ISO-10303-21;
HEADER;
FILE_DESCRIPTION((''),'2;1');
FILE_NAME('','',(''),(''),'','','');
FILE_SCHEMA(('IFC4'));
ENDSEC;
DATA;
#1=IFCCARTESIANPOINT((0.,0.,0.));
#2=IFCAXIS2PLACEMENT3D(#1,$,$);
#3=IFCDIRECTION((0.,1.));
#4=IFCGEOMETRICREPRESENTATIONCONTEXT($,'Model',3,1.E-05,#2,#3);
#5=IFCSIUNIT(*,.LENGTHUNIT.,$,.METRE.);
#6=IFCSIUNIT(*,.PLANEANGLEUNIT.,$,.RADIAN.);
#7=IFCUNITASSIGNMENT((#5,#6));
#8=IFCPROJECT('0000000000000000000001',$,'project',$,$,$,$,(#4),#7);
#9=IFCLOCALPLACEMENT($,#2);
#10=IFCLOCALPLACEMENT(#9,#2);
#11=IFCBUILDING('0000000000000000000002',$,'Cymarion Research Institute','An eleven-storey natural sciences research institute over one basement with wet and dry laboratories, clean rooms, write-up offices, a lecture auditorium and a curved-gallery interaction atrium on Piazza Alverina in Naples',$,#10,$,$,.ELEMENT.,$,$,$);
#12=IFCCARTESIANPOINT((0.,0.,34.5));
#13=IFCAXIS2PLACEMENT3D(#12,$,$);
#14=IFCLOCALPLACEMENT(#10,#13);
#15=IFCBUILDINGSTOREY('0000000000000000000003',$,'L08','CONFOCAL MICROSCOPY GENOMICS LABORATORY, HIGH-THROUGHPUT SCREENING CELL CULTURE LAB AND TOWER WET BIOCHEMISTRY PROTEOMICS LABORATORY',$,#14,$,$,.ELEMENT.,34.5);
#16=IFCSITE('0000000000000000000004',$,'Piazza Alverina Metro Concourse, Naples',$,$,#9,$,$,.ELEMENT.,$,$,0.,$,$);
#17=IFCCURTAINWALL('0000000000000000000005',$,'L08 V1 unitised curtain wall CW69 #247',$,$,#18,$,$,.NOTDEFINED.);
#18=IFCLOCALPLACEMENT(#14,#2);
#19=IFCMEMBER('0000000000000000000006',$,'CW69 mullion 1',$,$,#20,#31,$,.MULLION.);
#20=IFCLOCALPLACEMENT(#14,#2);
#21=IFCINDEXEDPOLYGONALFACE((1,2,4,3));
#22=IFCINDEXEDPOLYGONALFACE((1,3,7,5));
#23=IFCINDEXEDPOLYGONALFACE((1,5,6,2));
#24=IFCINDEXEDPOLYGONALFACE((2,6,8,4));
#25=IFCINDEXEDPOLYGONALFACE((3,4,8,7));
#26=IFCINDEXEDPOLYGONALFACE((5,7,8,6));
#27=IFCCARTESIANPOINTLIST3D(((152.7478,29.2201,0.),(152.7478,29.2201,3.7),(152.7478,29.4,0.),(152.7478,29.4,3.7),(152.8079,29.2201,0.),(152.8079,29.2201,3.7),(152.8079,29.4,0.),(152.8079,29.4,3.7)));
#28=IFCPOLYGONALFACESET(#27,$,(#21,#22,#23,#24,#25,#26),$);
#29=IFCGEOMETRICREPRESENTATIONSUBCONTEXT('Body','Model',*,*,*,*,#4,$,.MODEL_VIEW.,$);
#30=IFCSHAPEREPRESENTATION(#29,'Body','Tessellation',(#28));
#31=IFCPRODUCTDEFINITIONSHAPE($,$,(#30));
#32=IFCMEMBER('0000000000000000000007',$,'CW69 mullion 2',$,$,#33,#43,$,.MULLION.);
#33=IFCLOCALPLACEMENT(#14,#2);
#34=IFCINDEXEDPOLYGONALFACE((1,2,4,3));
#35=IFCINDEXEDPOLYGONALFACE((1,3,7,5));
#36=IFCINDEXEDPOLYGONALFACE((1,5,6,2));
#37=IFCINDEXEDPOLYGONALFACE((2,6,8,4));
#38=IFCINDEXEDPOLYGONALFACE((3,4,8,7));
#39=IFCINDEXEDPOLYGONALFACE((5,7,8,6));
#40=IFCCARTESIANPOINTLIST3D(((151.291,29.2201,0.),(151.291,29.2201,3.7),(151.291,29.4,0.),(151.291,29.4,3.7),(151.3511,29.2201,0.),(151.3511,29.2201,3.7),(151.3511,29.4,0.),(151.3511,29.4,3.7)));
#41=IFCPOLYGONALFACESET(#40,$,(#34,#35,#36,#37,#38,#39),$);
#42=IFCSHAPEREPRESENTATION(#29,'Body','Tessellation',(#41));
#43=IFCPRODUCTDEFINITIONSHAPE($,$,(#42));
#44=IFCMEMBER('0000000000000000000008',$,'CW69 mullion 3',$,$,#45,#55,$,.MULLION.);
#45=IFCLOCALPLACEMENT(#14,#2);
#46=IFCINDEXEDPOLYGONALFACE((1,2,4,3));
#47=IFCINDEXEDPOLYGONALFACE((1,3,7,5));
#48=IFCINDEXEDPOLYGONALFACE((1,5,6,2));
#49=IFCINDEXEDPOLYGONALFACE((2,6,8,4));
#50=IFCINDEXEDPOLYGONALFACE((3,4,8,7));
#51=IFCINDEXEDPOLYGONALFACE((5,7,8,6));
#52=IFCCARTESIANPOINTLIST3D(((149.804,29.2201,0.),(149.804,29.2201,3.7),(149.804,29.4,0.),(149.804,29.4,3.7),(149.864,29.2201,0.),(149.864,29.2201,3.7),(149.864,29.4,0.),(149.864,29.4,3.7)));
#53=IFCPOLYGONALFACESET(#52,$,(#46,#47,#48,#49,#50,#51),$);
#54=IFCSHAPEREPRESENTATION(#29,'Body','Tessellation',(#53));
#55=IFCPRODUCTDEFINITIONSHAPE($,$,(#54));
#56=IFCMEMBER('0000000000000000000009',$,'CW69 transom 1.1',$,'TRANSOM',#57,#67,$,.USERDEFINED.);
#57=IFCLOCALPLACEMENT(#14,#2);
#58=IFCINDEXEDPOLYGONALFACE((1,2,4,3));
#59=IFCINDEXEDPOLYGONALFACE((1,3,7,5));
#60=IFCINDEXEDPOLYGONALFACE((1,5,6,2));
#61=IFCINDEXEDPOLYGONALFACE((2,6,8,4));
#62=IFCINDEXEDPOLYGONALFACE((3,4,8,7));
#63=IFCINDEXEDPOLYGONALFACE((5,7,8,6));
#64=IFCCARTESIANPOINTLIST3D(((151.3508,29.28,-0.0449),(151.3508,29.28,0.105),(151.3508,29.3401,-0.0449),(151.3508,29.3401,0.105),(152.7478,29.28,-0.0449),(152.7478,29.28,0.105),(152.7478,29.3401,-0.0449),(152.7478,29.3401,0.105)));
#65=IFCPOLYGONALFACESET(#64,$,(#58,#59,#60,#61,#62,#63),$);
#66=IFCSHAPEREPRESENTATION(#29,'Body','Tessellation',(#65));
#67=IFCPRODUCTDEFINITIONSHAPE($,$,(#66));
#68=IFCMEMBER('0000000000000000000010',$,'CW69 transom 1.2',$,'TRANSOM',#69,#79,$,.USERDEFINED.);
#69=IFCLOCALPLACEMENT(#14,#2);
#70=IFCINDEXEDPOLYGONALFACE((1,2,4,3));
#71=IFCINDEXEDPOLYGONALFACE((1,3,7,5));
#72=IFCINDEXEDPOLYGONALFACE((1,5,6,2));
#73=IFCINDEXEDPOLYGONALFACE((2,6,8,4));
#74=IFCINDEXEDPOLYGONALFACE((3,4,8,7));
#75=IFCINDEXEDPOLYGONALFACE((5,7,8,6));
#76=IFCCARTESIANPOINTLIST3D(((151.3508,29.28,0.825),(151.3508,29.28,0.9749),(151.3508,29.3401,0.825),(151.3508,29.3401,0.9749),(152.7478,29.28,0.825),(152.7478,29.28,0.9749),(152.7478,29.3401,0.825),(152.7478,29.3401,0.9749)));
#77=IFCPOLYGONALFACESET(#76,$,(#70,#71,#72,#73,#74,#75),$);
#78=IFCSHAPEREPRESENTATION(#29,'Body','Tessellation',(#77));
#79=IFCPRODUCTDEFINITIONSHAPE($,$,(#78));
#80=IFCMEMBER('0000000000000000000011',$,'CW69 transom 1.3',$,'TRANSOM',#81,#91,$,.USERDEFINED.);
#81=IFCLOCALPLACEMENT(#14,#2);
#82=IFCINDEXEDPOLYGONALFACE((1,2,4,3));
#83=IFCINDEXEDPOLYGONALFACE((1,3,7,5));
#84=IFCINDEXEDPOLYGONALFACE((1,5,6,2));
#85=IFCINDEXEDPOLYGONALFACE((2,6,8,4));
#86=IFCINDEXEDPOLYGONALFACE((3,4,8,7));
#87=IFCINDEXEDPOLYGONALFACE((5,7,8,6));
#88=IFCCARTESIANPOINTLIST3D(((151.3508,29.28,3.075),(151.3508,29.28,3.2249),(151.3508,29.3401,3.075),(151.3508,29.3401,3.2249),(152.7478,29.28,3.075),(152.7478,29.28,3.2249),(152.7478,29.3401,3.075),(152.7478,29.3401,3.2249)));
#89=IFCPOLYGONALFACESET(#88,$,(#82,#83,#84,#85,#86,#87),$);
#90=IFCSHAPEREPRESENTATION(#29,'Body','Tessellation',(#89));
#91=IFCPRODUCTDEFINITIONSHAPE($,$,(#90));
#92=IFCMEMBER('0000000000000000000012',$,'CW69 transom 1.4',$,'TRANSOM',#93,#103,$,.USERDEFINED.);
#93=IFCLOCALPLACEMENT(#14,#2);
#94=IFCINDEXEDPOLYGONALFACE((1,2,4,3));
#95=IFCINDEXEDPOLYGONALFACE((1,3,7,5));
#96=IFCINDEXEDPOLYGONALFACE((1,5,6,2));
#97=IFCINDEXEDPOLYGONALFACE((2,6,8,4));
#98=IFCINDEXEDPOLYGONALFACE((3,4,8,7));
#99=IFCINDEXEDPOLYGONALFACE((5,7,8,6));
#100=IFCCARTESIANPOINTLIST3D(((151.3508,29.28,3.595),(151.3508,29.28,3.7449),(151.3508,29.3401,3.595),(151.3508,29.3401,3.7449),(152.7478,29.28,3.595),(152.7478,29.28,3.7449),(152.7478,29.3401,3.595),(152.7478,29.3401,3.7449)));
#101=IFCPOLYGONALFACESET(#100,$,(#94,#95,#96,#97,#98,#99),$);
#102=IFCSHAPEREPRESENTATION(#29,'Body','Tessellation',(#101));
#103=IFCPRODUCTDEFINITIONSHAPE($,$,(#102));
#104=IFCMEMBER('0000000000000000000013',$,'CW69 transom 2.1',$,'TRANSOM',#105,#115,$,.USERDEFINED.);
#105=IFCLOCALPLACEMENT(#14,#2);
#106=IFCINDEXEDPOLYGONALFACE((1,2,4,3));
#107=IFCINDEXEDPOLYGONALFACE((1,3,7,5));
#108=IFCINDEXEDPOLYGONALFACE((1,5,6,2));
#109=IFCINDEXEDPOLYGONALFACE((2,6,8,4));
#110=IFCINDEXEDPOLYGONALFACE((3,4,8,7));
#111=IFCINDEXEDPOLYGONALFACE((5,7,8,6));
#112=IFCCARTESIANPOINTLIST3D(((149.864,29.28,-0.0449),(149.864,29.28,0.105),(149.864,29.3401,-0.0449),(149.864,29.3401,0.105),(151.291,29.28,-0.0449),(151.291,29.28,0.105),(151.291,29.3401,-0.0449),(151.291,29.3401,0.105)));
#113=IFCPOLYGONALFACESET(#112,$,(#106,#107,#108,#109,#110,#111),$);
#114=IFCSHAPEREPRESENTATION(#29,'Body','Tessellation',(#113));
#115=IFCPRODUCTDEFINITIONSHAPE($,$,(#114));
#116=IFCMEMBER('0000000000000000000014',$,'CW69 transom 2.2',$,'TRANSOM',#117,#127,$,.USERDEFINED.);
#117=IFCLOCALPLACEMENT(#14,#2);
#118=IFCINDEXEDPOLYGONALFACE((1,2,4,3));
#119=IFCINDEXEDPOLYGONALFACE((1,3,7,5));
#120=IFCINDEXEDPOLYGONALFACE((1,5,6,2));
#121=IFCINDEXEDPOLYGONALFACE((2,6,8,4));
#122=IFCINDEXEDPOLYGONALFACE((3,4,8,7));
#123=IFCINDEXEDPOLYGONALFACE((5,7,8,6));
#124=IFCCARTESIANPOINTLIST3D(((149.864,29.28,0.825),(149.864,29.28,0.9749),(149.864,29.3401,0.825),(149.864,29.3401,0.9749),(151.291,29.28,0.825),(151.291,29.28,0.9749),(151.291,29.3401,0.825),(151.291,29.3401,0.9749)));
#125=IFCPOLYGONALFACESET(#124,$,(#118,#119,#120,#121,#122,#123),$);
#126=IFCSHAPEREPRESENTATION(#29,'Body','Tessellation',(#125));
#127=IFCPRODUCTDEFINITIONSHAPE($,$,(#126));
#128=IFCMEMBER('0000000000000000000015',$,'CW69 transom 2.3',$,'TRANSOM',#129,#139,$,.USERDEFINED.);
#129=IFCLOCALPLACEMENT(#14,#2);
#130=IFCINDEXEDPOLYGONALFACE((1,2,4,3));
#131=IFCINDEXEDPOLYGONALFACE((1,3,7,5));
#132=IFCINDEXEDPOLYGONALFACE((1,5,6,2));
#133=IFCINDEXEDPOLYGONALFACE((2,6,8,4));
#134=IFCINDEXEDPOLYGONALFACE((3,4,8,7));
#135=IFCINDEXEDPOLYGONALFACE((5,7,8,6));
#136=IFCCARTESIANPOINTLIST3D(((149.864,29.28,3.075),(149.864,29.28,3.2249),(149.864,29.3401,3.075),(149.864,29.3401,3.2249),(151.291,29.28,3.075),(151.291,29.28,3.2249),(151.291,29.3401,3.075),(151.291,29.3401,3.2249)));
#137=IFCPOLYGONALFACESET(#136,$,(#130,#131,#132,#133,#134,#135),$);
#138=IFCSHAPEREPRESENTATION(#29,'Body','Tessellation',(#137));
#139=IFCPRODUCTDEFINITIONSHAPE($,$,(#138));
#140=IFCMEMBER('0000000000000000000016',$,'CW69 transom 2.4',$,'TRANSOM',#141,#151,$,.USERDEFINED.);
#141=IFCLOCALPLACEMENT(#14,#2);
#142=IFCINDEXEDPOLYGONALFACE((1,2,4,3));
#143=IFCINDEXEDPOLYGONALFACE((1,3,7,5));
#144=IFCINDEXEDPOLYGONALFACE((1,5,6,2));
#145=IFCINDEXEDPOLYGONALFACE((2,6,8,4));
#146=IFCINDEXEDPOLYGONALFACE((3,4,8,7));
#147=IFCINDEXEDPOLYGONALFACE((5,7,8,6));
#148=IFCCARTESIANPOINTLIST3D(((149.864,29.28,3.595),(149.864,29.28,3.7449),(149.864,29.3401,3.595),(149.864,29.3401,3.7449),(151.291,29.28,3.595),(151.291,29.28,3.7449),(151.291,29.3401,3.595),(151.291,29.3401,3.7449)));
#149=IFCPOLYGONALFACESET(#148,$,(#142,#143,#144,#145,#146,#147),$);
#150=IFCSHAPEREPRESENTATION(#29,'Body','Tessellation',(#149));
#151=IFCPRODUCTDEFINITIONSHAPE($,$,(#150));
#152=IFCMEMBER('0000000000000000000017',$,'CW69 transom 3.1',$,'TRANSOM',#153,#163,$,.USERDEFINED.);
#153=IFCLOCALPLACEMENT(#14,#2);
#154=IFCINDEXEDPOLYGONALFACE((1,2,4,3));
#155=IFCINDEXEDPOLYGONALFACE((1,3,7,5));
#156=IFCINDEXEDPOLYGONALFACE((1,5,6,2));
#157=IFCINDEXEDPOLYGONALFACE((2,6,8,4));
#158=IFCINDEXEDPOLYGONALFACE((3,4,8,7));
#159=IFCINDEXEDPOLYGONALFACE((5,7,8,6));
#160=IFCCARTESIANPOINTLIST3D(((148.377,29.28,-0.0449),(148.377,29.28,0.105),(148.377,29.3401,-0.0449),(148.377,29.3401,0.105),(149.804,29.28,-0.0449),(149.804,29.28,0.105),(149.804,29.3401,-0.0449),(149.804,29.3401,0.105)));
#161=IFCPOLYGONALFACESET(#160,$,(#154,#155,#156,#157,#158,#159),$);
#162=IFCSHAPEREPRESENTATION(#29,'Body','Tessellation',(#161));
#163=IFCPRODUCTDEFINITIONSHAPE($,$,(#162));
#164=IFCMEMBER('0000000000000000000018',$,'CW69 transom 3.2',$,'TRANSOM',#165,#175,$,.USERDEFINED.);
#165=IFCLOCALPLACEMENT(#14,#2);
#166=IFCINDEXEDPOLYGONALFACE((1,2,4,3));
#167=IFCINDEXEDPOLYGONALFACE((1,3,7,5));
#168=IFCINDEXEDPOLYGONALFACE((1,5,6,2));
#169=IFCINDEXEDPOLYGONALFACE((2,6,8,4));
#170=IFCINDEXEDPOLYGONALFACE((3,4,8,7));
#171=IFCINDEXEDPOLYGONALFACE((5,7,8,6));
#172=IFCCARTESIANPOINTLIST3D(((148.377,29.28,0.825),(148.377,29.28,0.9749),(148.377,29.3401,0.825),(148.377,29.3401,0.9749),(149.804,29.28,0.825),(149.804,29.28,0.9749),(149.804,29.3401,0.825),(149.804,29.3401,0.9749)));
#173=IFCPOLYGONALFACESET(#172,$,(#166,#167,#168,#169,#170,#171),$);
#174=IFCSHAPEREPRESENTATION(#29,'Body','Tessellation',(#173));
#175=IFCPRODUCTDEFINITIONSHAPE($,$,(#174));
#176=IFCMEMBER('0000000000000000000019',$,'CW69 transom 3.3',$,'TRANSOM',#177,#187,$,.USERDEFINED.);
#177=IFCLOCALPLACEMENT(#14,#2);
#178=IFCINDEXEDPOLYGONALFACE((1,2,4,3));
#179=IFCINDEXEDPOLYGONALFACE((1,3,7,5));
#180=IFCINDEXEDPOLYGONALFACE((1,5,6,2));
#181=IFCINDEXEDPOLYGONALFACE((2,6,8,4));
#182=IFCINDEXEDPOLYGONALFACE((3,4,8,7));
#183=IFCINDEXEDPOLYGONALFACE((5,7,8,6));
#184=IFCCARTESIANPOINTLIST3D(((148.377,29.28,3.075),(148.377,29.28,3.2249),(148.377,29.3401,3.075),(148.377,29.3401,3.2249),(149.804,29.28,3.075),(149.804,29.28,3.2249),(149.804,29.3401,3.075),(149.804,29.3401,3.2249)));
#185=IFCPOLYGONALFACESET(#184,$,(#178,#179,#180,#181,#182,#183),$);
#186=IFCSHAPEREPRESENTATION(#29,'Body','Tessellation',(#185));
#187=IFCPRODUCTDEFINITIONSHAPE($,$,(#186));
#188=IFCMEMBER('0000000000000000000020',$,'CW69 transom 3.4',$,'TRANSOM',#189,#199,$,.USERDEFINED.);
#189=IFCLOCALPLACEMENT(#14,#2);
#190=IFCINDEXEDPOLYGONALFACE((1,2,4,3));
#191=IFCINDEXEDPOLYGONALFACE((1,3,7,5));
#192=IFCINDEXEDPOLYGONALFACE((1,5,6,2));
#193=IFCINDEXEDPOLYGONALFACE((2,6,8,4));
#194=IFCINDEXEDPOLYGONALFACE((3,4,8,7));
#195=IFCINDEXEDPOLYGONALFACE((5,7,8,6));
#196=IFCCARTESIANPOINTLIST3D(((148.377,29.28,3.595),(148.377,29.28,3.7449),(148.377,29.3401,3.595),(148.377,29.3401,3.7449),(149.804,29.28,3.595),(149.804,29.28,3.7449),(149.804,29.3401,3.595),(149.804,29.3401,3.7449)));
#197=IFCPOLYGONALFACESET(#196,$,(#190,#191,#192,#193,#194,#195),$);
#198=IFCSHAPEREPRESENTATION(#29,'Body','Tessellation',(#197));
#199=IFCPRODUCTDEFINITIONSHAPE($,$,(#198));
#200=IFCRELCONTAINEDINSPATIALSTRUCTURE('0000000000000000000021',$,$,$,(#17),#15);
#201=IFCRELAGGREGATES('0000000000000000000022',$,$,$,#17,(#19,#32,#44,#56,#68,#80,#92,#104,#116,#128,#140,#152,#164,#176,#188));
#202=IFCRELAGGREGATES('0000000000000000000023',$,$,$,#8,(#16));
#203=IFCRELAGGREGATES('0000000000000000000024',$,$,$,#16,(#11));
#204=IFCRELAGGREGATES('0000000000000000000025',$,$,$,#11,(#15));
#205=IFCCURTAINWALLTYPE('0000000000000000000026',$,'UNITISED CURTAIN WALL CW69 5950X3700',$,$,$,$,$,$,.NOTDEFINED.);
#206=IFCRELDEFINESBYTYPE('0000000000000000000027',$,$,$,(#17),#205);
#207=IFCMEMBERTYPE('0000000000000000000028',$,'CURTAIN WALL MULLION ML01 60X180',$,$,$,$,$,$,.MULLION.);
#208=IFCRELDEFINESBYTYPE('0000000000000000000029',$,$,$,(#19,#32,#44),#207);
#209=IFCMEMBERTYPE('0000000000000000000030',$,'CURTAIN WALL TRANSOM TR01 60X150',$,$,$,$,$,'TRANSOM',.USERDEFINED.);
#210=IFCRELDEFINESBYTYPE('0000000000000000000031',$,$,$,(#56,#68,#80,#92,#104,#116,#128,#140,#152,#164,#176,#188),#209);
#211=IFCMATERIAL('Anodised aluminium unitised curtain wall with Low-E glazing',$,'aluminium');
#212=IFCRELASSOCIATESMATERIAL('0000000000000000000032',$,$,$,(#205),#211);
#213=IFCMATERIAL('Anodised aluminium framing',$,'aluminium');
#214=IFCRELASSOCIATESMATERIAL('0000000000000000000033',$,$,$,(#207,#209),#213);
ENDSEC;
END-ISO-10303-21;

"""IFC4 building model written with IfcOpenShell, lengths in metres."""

from ifc_helpers import new_model, si_unit, direction, frame, origin, origin_2d, place, context, subcontext, project, spatial, rectangle, extrude, material, material_profile, profile_set, type_object, element, aggregate, save


model = new_model("IFC4")

# Units and contexts
model_context = context("Model", 3, precision=1e-05, world=origin(), true_north=direction((0.0, 1.0)))
body_context = subcontext(model_context, "Body", "Model", "MODEL_VIEW")
ifc_project = project(units=[si_unit("LENGTHUNIT", "METRE"), si_unit("PLANEANGLEUNIT", "RADIAN")], contexts=[model_context])

# Site, building, storey
site_placement = place(None, origin())
site = spatial("IfcSite", under=ifc_project, at=site_placement, Name="Piazza Alverina Metro Concourse, Naples", CompositionType="ELEMENT", RefElevation=0.0)
building_placement = place(site_placement, origin())
building = spatial("IfcBuilding", under=site, at=building_placement, Name="Cymarion Research Institute", Description="An eleven-storey natural sciences research institute over one basement with wet and dry laboratories, clean rooms, write-up offices, a lecture auditorium and a curved-gallery interaction atrium on Piazza Alverina in Naples", CompositionType="ELEMENT")
storey_placement = place(building_placement, frame((0.0, 0.0, 34.5)))
storey = spatial("IfcBuildingStorey", under=building, at=storey_placement, Name="L08", Description="CONFOCAL MICROSCOPY GENOMICS LABORATORY, HIGH-THROUGHPUT SCREENING CELL CULTURE LAB AND TOWER WET BIOCHEMISTRY PROTEOMICS LABORATORY", CompositionType="ELEMENT", Elevation=34.5)

# Curtain wall, members
ifc_material_1 = material(Name="Anodised aluminium unitised curtain wall with Low-E glazing", Category="aluminium")
curtain_wall_type = type_object("IfcCurtainWallType", Name="UNITISED CURTAIN WALL CW69 5950X3700", PredefinedType="NOTDEFINED", material=ifc_material_1)
curtain_wall_placement = place(storey_placement, origin())
curtain_wall = element("IfcCurtainWall", 1, at=curtain_wall_placement, inside=storey, type_object=curtain_wall_type, Name="L08 V1 unitised curtain wall CW69 #247", PredefinedType="NOTDEFINED")
ifc_material_2 = material(Name="Anodised aluminium framing", Category="aluminium")
ifc_material_profile_1 = material_profile(ifc_material_2, rectangle(XDim=0.0601, YDim=0.1799, at=origin_2d()), Name="ALU MULLION 60x180")
ifc_profile_set_1 = profile_set([ifc_material_profile_1], Name="Anodised aluminium framing")
member_type_1 = type_object("IfcMemberType", Name="CURTAIN WALL MULLION ML01 60X180", PredefinedType="MULLION", material=ifc_profile_set_1)
member_1_placement = place(storey_placement, frame((152.7778, 29.3101, 0.0), z_axis=(0.0, 0.0, 1.0), x_axis=(-1.0, 0.0, 0.0)))
member_1 = element("IfcMember", 2, at=member_1_placement, type_object=member_type_1, Name="CW69 mullion 1", PredefinedType="MULLION", context=body_context, shape_type="SweptSolid", body=[
    extrude(rectangle(XDim=0.0601, YDim=0.1799, at=origin_2d()), origin(), (0.0, 0.0, 1.0), 3.7),
])
member_2_placement = place(storey_placement, frame((151.321, 29.3101, 0.0), z_axis=(0.0, 0.0, 1.0), x_axis=(-1.0, 0.0, 0.0)))
member_2 = element("IfcMember", 3, at=member_2_placement, type_object=member_type_1, Name="CW69 mullion 2", PredefinedType="MULLION", context=body_context, shape_type="SweptSolid", body=[
    extrude(rectangle(XDim=0.0601, YDim=0.1799, at=origin_2d()), origin(), (0.0, 0.0, 1.0), 3.7),
])
member_3_placement = place(storey_placement, frame((149.834, 29.3101, 0.0), z_axis=(0.0, 0.0, 1.0), x_axis=(-1.0, 0.0, 0.0)))
member_3 = element("IfcMember", 4, at=member_3_placement, type_object=member_type_1, Name="CW69 mullion 3", PredefinedType="MULLION", context=body_context, shape_type="SweptSolid", body=[
    extrude(rectangle(XDim=0.0601, YDim=0.1799, at=origin_2d()), origin(), (0.0, 0.0, 1.0), 3.7),
])
ifc_material_profile_2 = material_profile(ifc_material_2, rectangle(XDim=0.0601, YDim=0.1499, at=origin_2d()), Name="ALU TRANSOM 60x150")
ifc_profile_set_2 = profile_set([ifc_material_profile_2], Name="Anodised aluminium framing")
member_type_2 = type_object("IfcMemberType", Name="CURTAIN WALL TRANSOM TR01 60X150", ElementType="TRANSOM", PredefinedType="USERDEFINED", material=ifc_profile_set_2)
member_4_placement = place(storey_placement, frame((152.7478, 29.3101, 0.03), z_axis=(-1.0, 0.0, 0.0), x_axis=(0.0, -1.0, 0.0)))
member_4 = element("IfcMember", 5, at=member_4_placement, type_object=member_type_2, Name="CW69 transom 1.1", ObjectType="TRANSOM", PredefinedType="USERDEFINED", context=body_context, shape_type="SweptSolid", body=[
    extrude(rectangle(XDim=0.0601, YDim=0.1499, at=origin_2d()), origin(), (0.0, 0.0, 1.0), 1.397),
])
member_5_placement = place(storey_placement, frame((152.7478, 29.3101, 0.8999), z_axis=(-1.0, 0.0, 0.0), x_axis=(0.0, -1.0, 0.0)))
member_5 = element("IfcMember", 6, at=member_5_placement, type_object=member_type_2, Name="CW69 transom 1.2", ObjectType="TRANSOM", PredefinedType="USERDEFINED", context=body_context, shape_type="SweptSolid", body=[
    extrude(rectangle(XDim=0.0601, YDim=0.1499, at=origin_2d()), origin(), (0.0, 0.0, 1.0), 1.397),
])
member_6_placement = place(storey_placement, frame((152.7478, 29.3101, 3.1499), z_axis=(-1.0, 0.0, 0.0), x_axis=(0.0, -1.0, 0.0)))
member_6 = element("IfcMember", 7, at=member_6_placement, type_object=member_type_2, Name="CW69 transom 1.3", ObjectType="TRANSOM", PredefinedType="USERDEFINED", context=body_context, shape_type="SweptSolid", body=[
    extrude(rectangle(XDim=0.0601, YDim=0.1499, at=origin_2d()), origin(), (0.0, 0.0, 1.0), 1.397),
])
member_7_placement = place(storey_placement, frame((152.7478, 29.3101, 3.6699), z_axis=(-1.0, 0.0, 0.0), x_axis=(0.0, -1.0, 0.0)))
member_7 = element("IfcMember", 8, at=member_7_placement, type_object=member_type_2, Name="CW69 transom 1.4", ObjectType="TRANSOM", PredefinedType="USERDEFINED", context=body_context, shape_type="SweptSolid", body=[
    extrude(rectangle(XDim=0.0601, YDim=0.1499, at=origin_2d()), origin(), (0.0, 0.0, 1.0), 1.397),
])
member_8_placement = place(storey_placement, frame((151.291, 29.3101, 0.03), z_axis=(-1.0, 0.0, 0.0), x_axis=(0.0, -1.0, 0.0)))
member_8 = element("IfcMember", 9, at=member_8_placement, type_object=member_type_2, Name="CW69 transom 2.1", ObjectType="TRANSOM", PredefinedType="USERDEFINED", context=body_context, shape_type="SweptSolid", body=[
    extrude(rectangle(XDim=0.0601, YDim=0.1499, at=origin_2d()), origin(), (0.0, 0.0, 1.0), 1.427),
])
member_9_placement = place(storey_placement, frame((151.291, 29.3101, 0.8999), z_axis=(-1.0, 0.0, 0.0), x_axis=(0.0, -1.0, 0.0)))
member_9 = element("IfcMember", 10, at=member_9_placement, type_object=member_type_2, Name="CW69 transom 2.2", ObjectType="TRANSOM", PredefinedType="USERDEFINED", context=body_context, shape_type="SweptSolid", body=[
    extrude(rectangle(XDim=0.0601, YDim=0.1499, at=origin_2d()), origin(), (0.0, 0.0, 1.0), 1.427),
])
member_10_placement = place(storey_placement, frame((151.291, 29.3101, 3.1499), z_axis=(-1.0, 0.0, 0.0), x_axis=(0.0, -1.0, 0.0)))
member_10 = element("IfcMember", 11, at=member_10_placement, type_object=member_type_2, Name="CW69 transom 2.3", ObjectType="TRANSOM", PredefinedType="USERDEFINED", context=body_context, shape_type="SweptSolid", body=[
    extrude(rectangle(XDim=0.0601, YDim=0.1499, at=origin_2d()), origin(), (0.0, 0.0, 1.0), 1.427),
])
member_11_placement = place(storey_placement, frame((151.291, 29.3101, 3.6699), z_axis=(-1.0, 0.0, 0.0), x_axis=(0.0, -1.0, 0.0)))
member_11 = element("IfcMember", 12, at=member_11_placement, type_object=member_type_2, Name="CW69 transom 2.4", ObjectType="TRANSOM", PredefinedType="USERDEFINED", context=body_context, shape_type="SweptSolid", body=[
    extrude(rectangle(XDim=0.0601, YDim=0.1499, at=origin_2d()), origin(), (0.0, 0.0, 1.0), 1.427),
])
member_12_placement = place(storey_placement, frame((149.804, 29.3101, 0.03), z_axis=(-1.0, 0.0, 0.0), x_axis=(0.0, -1.0, 0.0)))
member_12 = element("IfcMember", 13, at=member_12_placement, type_object=member_type_2, Name="CW69 transom 3.1", ObjectType="TRANSOM", PredefinedType="USERDEFINED", context=body_context, shape_type="SweptSolid", body=[
    extrude(rectangle(XDim=0.0601, YDim=0.1499, at=origin_2d()), origin(), (0.0, 0.0, 1.0), 1.427),
])
member_13_placement = place(storey_placement, frame((149.804, 29.3101, 0.8999), z_axis=(-1.0, 0.0, 0.0), x_axis=(0.0, -1.0, 0.0)))
member_13 = element("IfcMember", 14, at=member_13_placement, type_object=member_type_2, Name="CW69 transom 3.2", ObjectType="TRANSOM", PredefinedType="USERDEFINED", context=body_context, shape_type="SweptSolid", body=[
    extrude(rectangle(XDim=0.0601, YDim=0.1499, at=origin_2d()), origin(), (0.0, 0.0, 1.0), 1.427),
])
member_14_placement = place(storey_placement, frame((149.804, 29.3101, 3.1499), z_axis=(-1.0, 0.0, 0.0), x_axis=(0.0, -1.0, 0.0)))
member_14 = element("IfcMember", 15, at=member_14_placement, type_object=member_type_2, Name="CW69 transom 3.3", ObjectType="TRANSOM", PredefinedType="USERDEFINED", context=body_context, shape_type="SweptSolid", body=[
    extrude(rectangle(XDim=0.0601, YDim=0.1499, at=origin_2d()), origin(), (0.0, 0.0, 1.0), 1.427),
])
member_15_placement = place(storey_placement, frame((149.804, 29.3101, 3.6699), z_axis=(-1.0, 0.0, 0.0), x_axis=(0.0, -1.0, 0.0)))
member_15 = element("IfcMember", 16, at=member_15_placement, type_object=member_type_2, Name="CW69 transom 3.4", ObjectType="TRANSOM", PredefinedType="USERDEFINED", context=body_context, shape_type="SweptSolid", body=[
    extrude(rectangle(XDim=0.0601, YDim=0.1499, at=origin_2d()), origin(), (0.0, 0.0, 1.0), 1.427),
])
aggregate(curtain_wall, [member_1, member_2, member_3, member_4, member_5, member_6, member_7, member_8, member_9, member_10, member_11, member_12, member_13, member_14, member_15])

save(model, "model.ifc")
